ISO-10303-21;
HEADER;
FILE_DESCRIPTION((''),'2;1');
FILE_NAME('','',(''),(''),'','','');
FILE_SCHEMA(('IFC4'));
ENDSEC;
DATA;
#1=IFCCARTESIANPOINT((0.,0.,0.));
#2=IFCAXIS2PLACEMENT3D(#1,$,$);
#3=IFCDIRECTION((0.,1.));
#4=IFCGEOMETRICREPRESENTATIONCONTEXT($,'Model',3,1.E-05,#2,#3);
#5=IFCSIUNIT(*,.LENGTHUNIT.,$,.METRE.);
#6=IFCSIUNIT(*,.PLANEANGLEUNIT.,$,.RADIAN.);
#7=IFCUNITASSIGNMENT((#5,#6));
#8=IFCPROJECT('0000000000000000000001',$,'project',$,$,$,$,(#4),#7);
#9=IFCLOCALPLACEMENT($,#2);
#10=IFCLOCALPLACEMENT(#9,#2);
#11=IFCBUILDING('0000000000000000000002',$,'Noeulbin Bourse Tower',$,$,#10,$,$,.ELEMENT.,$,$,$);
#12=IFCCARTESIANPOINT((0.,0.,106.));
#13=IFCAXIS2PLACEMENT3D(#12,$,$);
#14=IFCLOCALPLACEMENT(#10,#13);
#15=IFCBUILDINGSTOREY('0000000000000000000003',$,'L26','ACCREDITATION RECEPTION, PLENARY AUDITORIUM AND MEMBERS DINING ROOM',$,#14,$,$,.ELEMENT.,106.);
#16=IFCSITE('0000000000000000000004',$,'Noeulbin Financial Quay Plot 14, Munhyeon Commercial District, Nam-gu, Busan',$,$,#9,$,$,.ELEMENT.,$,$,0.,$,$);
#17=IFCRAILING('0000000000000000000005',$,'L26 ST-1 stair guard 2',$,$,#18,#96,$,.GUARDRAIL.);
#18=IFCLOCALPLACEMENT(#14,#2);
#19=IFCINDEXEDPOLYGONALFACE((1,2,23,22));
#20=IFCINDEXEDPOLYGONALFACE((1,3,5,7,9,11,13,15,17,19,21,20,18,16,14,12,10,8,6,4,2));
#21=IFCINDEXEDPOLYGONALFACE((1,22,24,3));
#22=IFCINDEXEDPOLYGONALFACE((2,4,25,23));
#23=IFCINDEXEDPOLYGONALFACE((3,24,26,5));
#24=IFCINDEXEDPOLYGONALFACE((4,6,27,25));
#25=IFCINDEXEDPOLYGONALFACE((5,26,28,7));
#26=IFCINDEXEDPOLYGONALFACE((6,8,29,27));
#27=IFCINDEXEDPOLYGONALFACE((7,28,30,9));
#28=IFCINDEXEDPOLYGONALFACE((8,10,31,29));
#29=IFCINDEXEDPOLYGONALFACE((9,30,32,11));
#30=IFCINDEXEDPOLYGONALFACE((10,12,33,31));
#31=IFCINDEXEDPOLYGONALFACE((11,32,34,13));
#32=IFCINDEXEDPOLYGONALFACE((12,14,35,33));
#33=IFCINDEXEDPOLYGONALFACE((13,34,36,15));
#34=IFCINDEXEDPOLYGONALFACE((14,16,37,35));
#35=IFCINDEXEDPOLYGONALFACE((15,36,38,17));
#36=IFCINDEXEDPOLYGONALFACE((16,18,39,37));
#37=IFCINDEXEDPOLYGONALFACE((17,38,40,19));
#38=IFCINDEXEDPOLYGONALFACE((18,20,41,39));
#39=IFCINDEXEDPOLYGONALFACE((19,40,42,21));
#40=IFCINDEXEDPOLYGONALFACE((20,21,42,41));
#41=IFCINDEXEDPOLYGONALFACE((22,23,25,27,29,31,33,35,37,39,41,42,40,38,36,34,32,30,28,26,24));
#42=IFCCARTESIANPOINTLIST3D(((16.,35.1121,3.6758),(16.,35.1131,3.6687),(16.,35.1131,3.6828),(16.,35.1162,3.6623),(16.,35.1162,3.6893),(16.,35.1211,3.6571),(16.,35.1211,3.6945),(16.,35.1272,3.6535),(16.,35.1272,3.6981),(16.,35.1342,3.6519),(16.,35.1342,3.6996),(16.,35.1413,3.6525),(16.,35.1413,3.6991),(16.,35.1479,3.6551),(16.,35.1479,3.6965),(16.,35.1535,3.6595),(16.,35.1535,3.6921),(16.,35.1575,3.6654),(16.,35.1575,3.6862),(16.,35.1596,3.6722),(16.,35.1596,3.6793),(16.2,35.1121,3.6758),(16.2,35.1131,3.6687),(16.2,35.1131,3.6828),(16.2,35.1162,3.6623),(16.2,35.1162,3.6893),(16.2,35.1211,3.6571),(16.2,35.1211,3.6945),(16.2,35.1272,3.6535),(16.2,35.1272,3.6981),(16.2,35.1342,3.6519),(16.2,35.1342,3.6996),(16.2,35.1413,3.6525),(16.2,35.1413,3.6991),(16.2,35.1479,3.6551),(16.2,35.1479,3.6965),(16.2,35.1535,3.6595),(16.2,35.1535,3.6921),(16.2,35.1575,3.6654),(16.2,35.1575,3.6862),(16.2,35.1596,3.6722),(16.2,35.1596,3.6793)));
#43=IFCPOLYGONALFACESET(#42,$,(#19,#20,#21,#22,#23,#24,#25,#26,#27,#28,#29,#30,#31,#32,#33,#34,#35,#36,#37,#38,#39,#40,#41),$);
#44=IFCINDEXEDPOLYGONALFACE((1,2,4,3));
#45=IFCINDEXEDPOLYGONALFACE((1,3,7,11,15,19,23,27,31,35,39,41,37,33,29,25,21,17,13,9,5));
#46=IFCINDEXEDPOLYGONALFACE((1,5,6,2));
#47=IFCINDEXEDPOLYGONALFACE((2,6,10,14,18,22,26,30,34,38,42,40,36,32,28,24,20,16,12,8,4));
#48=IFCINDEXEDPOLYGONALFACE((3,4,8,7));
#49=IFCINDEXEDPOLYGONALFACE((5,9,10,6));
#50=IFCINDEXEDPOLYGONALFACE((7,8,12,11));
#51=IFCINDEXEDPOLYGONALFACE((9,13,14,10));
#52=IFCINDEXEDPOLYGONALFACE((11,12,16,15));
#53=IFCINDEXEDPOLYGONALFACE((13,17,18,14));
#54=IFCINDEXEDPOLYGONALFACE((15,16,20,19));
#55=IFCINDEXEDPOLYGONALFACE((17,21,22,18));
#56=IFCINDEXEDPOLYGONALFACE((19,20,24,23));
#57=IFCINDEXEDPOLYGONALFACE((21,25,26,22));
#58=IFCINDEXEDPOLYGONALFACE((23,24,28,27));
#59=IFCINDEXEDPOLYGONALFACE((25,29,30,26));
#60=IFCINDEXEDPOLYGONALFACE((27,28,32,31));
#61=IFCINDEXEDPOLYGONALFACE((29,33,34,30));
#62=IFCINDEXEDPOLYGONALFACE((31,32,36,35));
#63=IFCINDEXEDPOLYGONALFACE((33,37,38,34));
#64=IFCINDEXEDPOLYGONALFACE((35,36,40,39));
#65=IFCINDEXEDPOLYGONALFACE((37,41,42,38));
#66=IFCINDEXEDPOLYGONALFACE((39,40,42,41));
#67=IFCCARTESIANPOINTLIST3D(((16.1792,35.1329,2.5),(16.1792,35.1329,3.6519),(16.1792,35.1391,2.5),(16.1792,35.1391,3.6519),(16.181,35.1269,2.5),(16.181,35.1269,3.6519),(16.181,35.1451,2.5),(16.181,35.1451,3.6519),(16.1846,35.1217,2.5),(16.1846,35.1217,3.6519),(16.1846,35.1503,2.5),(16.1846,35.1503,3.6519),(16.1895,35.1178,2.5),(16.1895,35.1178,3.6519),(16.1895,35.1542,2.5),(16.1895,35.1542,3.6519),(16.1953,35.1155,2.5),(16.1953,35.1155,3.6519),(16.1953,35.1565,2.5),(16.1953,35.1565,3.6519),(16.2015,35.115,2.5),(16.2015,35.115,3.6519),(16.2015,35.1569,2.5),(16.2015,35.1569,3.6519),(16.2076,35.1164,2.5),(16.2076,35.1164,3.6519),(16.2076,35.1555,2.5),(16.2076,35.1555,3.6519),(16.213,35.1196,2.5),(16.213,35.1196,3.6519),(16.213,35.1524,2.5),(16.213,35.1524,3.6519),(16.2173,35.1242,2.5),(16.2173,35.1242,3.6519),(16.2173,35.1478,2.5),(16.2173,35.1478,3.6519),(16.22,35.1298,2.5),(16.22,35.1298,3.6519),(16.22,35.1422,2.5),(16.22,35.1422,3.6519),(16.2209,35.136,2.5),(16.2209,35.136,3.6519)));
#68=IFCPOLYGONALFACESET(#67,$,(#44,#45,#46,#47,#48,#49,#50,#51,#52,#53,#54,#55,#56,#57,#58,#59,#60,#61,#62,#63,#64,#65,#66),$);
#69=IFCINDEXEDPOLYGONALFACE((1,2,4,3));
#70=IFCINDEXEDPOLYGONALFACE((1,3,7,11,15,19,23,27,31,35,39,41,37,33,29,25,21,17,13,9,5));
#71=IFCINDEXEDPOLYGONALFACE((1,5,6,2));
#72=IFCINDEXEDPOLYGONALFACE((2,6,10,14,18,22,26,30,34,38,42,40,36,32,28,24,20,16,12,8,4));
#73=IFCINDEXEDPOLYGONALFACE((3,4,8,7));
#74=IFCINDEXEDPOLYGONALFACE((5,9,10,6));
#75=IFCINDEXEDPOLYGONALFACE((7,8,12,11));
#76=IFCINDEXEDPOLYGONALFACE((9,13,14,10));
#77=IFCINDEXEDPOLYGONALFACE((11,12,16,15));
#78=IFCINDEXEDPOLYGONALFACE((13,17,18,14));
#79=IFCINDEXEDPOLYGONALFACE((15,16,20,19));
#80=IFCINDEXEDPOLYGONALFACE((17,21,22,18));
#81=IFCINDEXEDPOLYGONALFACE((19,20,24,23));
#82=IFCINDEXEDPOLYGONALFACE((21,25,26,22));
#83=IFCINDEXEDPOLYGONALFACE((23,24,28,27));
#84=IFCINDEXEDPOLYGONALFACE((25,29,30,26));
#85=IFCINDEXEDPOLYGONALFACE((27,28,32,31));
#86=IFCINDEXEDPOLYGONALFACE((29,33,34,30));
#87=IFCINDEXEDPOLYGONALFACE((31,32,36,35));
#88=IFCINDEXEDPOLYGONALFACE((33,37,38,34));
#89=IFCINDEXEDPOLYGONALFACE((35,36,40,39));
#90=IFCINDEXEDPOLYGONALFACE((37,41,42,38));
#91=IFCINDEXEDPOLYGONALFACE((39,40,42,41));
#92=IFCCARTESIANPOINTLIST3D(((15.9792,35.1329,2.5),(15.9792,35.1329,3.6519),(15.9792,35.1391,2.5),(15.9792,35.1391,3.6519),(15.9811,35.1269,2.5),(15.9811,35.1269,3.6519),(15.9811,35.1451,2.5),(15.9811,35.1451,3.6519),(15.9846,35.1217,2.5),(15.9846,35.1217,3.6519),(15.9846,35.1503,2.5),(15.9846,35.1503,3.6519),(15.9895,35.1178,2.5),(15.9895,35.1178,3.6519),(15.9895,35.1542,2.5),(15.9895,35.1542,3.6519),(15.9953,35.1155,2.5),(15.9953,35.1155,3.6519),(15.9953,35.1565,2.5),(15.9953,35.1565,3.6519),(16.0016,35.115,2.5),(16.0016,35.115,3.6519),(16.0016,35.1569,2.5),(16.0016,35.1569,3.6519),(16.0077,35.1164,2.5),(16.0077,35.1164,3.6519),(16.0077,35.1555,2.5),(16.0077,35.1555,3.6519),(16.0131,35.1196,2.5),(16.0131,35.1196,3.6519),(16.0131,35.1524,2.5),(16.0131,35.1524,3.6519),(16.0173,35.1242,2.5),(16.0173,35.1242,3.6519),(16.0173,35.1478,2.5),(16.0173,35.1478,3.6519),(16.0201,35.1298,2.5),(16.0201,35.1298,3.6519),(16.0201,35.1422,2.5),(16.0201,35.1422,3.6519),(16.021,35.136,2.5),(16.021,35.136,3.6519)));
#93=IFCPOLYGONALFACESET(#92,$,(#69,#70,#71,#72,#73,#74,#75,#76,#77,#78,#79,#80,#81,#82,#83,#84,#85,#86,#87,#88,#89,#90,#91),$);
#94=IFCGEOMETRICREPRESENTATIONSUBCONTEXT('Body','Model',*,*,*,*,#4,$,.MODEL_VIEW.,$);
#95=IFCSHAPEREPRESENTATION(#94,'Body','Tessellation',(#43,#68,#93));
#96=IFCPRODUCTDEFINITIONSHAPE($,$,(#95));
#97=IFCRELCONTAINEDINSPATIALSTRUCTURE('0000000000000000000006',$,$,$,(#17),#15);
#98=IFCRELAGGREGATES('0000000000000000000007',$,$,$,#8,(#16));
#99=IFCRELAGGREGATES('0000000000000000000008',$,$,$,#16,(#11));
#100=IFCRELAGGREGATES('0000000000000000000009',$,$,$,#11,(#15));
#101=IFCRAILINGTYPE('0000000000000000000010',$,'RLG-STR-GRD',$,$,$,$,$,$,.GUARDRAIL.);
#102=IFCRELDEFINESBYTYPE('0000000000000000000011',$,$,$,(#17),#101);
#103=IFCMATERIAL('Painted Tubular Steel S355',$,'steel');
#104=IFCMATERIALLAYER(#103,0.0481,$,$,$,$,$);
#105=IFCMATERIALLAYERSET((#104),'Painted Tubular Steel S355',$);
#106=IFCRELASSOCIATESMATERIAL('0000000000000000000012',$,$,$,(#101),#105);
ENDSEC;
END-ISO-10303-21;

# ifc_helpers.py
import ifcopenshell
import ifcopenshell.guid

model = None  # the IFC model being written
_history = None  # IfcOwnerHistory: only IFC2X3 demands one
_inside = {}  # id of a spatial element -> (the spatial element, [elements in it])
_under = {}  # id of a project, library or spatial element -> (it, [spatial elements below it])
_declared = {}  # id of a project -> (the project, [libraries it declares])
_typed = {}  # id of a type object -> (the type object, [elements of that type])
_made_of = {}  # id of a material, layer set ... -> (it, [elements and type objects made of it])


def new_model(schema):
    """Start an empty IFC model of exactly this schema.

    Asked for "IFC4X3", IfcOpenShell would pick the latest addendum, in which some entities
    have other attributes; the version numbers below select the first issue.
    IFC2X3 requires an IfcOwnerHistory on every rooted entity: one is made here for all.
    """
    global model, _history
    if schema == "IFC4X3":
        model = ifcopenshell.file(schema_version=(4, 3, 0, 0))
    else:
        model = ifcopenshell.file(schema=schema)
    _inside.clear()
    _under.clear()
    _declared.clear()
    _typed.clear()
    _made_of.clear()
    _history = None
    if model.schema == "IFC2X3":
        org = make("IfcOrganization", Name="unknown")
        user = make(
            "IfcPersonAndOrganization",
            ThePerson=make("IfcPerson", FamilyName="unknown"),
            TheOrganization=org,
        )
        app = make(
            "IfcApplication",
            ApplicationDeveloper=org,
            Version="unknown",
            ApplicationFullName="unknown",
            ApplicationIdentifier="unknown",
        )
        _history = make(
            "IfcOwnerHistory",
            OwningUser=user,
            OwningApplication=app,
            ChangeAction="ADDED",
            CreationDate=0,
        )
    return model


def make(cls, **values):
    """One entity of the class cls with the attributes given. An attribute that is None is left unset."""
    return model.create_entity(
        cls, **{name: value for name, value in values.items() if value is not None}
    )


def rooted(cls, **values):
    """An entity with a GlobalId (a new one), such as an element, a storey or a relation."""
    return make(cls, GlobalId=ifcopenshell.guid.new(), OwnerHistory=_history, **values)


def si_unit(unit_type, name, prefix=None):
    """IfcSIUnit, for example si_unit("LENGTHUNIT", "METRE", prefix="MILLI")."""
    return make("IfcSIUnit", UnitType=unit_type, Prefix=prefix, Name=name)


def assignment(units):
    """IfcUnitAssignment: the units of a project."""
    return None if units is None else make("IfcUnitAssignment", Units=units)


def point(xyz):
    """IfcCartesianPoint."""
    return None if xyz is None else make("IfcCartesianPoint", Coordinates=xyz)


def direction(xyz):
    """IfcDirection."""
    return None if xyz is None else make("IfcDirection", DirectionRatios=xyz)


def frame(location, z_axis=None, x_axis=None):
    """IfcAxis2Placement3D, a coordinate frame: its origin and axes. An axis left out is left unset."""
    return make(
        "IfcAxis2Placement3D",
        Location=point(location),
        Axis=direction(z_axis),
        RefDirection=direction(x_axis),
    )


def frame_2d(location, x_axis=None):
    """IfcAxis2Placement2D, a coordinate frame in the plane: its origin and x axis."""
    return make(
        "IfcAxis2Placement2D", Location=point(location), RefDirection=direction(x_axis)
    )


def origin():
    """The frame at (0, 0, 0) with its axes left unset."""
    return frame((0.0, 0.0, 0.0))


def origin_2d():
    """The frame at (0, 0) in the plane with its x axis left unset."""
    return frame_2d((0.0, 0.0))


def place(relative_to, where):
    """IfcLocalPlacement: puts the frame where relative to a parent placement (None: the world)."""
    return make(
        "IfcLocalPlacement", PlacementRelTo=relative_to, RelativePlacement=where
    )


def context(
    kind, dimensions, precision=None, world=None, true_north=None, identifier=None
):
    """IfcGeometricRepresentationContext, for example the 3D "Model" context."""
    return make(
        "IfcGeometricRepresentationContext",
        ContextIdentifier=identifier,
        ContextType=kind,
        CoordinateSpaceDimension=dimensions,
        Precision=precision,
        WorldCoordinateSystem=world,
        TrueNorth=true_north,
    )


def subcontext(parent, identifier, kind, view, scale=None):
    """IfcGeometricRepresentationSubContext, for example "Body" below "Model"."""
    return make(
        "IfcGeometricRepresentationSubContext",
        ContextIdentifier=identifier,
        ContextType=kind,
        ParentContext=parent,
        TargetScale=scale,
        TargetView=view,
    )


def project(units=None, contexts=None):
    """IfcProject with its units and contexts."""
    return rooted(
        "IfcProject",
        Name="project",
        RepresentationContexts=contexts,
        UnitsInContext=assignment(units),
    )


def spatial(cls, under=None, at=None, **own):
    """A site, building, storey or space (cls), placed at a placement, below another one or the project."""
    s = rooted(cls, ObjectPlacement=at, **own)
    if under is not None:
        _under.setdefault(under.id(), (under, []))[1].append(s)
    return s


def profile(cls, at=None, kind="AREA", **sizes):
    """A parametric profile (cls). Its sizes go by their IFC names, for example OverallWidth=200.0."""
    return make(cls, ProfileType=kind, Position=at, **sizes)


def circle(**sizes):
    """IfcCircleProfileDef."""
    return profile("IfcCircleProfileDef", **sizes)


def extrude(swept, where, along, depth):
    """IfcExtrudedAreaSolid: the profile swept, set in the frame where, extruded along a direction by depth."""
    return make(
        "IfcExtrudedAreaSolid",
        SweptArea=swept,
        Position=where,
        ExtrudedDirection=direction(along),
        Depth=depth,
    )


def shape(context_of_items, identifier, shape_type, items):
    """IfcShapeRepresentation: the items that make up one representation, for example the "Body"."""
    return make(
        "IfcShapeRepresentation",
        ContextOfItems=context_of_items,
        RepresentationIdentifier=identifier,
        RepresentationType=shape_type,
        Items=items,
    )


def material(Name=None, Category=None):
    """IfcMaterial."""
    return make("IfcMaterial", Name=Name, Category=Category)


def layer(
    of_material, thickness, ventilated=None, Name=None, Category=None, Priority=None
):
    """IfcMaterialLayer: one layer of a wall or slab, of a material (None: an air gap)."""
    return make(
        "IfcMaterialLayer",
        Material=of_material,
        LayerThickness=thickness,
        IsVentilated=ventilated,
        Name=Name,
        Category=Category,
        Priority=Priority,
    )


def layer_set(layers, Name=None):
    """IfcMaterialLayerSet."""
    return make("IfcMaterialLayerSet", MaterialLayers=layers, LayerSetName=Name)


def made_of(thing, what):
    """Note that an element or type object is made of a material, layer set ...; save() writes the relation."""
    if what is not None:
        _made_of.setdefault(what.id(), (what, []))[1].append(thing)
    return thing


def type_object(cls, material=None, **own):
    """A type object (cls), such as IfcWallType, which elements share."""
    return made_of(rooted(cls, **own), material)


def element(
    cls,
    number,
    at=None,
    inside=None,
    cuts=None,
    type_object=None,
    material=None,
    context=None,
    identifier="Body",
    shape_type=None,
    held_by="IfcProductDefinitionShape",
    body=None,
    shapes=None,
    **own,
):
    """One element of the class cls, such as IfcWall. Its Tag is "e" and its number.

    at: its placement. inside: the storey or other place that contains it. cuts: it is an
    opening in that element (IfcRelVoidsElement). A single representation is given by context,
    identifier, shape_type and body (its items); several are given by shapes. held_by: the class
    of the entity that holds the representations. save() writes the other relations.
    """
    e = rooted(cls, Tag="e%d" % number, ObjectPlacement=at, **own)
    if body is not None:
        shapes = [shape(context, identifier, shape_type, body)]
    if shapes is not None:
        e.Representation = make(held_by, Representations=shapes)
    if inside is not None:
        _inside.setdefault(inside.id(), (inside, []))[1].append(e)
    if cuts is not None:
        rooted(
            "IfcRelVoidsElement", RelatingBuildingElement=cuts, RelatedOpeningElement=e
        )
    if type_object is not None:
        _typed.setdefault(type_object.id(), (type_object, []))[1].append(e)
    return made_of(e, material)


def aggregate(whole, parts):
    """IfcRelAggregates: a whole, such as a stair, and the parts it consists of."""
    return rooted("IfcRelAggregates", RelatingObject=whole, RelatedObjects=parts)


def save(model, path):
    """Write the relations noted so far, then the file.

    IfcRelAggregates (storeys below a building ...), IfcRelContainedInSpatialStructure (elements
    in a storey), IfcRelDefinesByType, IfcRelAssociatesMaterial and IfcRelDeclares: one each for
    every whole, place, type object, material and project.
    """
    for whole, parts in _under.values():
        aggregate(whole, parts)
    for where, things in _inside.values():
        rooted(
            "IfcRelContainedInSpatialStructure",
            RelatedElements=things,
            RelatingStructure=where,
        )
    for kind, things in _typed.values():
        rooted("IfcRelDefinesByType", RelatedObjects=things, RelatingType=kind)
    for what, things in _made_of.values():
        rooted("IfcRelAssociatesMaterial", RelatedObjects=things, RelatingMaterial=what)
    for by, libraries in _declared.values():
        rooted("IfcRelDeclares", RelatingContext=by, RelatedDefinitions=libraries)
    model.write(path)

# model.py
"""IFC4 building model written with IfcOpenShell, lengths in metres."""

from ifc_helpers import new_model, si_unit, direction, frame, origin, origin_2d, place, context, subcontext, project, spatial, circle, extrude, material, layer, layer_set, type_object, element, save


model = new_model("IFC4")

# Units and contexts
model_context = context("Model", 3, precision=1e-05, world=origin(), true_north=direction((0.0, 1.0)))
body_context = subcontext(model_context, "Body", "Model", "MODEL_VIEW")
ifc_project = project(units=[si_unit("LENGTHUNIT", "METRE"), si_unit("PLANEANGLEUNIT", "RADIAN")], contexts=[model_context])

# Site, building, storey
site_placement = place(None, origin())
site = spatial("IfcSite", under=ifc_project, at=site_placement, Name="Noeulbin Financial Quay Plot 14, Munhyeon Commercial District, Nam-gu, Busan", CompositionType="ELEMENT", RefElevation=0.0)
building_placement = place(site_placement, origin())
building = spatial("IfcBuilding", under=site, at=building_placement, Name="Noeulbin Bourse Tower", CompositionType="ELEMENT")
storey_placement = place(building_placement, frame((0.0, 0.0, 106.0)))
storey = spatial("IfcBuildingStorey", under=building, at=storey_placement, Name="L26", Description="ACCREDITATION RECEPTION, PLENARY AUDITORIUM AND MEMBERS DINING ROOM", CompositionType="ELEMENT", Elevation=106.0)

# Railing
ifc_material_1 = material(Name="Painted Tubular Steel S355", Category="steel")
ifc_layer_1 = layer(ifc_material_1, 0.0481)
ifc_layer_set_1 = layer_set([ifc_layer_1], Name="Painted Tubular Steel S355")
railing_type_1 = type_object("IfcRailingType", Name="RLG-STR-GRD", PredefinedType="GUARDRAIL", material=ifc_layer_set_1)
railing_1_placement = place(storey_placement, frame((16.2, 35.136, 2.5)))
element("IfcRailing", 1, at=railing_1_placement, inside=storey, type_object=railing_type_1, Name="L26 ST-1 stair guard 2", PredefinedType="GUARDRAIL", context=body_context, shape_type="SweptSolid", body=[
    extrude(circle(Radius=0.0239, at=origin_2d()), frame((0.0, 0.0, 1.1758), z_axis=(-1.0, 0.0, 0.0), x_axis=(0.0, -1.0, 0.0)), (0.0, 0.0, 1.0), 0.2),
    extrude(circle(Radius=0.021, at=origin_2d()), origin(), (0.0, 0.0, 1.0), 1.1519),
    extrude(circle(Radius=0.021, at=origin_2d()), frame((-0.2, 0.0, 0.0)), (0.0, 0.0, 1.0), 1.1519),
])

save(model, "model.ifc")
